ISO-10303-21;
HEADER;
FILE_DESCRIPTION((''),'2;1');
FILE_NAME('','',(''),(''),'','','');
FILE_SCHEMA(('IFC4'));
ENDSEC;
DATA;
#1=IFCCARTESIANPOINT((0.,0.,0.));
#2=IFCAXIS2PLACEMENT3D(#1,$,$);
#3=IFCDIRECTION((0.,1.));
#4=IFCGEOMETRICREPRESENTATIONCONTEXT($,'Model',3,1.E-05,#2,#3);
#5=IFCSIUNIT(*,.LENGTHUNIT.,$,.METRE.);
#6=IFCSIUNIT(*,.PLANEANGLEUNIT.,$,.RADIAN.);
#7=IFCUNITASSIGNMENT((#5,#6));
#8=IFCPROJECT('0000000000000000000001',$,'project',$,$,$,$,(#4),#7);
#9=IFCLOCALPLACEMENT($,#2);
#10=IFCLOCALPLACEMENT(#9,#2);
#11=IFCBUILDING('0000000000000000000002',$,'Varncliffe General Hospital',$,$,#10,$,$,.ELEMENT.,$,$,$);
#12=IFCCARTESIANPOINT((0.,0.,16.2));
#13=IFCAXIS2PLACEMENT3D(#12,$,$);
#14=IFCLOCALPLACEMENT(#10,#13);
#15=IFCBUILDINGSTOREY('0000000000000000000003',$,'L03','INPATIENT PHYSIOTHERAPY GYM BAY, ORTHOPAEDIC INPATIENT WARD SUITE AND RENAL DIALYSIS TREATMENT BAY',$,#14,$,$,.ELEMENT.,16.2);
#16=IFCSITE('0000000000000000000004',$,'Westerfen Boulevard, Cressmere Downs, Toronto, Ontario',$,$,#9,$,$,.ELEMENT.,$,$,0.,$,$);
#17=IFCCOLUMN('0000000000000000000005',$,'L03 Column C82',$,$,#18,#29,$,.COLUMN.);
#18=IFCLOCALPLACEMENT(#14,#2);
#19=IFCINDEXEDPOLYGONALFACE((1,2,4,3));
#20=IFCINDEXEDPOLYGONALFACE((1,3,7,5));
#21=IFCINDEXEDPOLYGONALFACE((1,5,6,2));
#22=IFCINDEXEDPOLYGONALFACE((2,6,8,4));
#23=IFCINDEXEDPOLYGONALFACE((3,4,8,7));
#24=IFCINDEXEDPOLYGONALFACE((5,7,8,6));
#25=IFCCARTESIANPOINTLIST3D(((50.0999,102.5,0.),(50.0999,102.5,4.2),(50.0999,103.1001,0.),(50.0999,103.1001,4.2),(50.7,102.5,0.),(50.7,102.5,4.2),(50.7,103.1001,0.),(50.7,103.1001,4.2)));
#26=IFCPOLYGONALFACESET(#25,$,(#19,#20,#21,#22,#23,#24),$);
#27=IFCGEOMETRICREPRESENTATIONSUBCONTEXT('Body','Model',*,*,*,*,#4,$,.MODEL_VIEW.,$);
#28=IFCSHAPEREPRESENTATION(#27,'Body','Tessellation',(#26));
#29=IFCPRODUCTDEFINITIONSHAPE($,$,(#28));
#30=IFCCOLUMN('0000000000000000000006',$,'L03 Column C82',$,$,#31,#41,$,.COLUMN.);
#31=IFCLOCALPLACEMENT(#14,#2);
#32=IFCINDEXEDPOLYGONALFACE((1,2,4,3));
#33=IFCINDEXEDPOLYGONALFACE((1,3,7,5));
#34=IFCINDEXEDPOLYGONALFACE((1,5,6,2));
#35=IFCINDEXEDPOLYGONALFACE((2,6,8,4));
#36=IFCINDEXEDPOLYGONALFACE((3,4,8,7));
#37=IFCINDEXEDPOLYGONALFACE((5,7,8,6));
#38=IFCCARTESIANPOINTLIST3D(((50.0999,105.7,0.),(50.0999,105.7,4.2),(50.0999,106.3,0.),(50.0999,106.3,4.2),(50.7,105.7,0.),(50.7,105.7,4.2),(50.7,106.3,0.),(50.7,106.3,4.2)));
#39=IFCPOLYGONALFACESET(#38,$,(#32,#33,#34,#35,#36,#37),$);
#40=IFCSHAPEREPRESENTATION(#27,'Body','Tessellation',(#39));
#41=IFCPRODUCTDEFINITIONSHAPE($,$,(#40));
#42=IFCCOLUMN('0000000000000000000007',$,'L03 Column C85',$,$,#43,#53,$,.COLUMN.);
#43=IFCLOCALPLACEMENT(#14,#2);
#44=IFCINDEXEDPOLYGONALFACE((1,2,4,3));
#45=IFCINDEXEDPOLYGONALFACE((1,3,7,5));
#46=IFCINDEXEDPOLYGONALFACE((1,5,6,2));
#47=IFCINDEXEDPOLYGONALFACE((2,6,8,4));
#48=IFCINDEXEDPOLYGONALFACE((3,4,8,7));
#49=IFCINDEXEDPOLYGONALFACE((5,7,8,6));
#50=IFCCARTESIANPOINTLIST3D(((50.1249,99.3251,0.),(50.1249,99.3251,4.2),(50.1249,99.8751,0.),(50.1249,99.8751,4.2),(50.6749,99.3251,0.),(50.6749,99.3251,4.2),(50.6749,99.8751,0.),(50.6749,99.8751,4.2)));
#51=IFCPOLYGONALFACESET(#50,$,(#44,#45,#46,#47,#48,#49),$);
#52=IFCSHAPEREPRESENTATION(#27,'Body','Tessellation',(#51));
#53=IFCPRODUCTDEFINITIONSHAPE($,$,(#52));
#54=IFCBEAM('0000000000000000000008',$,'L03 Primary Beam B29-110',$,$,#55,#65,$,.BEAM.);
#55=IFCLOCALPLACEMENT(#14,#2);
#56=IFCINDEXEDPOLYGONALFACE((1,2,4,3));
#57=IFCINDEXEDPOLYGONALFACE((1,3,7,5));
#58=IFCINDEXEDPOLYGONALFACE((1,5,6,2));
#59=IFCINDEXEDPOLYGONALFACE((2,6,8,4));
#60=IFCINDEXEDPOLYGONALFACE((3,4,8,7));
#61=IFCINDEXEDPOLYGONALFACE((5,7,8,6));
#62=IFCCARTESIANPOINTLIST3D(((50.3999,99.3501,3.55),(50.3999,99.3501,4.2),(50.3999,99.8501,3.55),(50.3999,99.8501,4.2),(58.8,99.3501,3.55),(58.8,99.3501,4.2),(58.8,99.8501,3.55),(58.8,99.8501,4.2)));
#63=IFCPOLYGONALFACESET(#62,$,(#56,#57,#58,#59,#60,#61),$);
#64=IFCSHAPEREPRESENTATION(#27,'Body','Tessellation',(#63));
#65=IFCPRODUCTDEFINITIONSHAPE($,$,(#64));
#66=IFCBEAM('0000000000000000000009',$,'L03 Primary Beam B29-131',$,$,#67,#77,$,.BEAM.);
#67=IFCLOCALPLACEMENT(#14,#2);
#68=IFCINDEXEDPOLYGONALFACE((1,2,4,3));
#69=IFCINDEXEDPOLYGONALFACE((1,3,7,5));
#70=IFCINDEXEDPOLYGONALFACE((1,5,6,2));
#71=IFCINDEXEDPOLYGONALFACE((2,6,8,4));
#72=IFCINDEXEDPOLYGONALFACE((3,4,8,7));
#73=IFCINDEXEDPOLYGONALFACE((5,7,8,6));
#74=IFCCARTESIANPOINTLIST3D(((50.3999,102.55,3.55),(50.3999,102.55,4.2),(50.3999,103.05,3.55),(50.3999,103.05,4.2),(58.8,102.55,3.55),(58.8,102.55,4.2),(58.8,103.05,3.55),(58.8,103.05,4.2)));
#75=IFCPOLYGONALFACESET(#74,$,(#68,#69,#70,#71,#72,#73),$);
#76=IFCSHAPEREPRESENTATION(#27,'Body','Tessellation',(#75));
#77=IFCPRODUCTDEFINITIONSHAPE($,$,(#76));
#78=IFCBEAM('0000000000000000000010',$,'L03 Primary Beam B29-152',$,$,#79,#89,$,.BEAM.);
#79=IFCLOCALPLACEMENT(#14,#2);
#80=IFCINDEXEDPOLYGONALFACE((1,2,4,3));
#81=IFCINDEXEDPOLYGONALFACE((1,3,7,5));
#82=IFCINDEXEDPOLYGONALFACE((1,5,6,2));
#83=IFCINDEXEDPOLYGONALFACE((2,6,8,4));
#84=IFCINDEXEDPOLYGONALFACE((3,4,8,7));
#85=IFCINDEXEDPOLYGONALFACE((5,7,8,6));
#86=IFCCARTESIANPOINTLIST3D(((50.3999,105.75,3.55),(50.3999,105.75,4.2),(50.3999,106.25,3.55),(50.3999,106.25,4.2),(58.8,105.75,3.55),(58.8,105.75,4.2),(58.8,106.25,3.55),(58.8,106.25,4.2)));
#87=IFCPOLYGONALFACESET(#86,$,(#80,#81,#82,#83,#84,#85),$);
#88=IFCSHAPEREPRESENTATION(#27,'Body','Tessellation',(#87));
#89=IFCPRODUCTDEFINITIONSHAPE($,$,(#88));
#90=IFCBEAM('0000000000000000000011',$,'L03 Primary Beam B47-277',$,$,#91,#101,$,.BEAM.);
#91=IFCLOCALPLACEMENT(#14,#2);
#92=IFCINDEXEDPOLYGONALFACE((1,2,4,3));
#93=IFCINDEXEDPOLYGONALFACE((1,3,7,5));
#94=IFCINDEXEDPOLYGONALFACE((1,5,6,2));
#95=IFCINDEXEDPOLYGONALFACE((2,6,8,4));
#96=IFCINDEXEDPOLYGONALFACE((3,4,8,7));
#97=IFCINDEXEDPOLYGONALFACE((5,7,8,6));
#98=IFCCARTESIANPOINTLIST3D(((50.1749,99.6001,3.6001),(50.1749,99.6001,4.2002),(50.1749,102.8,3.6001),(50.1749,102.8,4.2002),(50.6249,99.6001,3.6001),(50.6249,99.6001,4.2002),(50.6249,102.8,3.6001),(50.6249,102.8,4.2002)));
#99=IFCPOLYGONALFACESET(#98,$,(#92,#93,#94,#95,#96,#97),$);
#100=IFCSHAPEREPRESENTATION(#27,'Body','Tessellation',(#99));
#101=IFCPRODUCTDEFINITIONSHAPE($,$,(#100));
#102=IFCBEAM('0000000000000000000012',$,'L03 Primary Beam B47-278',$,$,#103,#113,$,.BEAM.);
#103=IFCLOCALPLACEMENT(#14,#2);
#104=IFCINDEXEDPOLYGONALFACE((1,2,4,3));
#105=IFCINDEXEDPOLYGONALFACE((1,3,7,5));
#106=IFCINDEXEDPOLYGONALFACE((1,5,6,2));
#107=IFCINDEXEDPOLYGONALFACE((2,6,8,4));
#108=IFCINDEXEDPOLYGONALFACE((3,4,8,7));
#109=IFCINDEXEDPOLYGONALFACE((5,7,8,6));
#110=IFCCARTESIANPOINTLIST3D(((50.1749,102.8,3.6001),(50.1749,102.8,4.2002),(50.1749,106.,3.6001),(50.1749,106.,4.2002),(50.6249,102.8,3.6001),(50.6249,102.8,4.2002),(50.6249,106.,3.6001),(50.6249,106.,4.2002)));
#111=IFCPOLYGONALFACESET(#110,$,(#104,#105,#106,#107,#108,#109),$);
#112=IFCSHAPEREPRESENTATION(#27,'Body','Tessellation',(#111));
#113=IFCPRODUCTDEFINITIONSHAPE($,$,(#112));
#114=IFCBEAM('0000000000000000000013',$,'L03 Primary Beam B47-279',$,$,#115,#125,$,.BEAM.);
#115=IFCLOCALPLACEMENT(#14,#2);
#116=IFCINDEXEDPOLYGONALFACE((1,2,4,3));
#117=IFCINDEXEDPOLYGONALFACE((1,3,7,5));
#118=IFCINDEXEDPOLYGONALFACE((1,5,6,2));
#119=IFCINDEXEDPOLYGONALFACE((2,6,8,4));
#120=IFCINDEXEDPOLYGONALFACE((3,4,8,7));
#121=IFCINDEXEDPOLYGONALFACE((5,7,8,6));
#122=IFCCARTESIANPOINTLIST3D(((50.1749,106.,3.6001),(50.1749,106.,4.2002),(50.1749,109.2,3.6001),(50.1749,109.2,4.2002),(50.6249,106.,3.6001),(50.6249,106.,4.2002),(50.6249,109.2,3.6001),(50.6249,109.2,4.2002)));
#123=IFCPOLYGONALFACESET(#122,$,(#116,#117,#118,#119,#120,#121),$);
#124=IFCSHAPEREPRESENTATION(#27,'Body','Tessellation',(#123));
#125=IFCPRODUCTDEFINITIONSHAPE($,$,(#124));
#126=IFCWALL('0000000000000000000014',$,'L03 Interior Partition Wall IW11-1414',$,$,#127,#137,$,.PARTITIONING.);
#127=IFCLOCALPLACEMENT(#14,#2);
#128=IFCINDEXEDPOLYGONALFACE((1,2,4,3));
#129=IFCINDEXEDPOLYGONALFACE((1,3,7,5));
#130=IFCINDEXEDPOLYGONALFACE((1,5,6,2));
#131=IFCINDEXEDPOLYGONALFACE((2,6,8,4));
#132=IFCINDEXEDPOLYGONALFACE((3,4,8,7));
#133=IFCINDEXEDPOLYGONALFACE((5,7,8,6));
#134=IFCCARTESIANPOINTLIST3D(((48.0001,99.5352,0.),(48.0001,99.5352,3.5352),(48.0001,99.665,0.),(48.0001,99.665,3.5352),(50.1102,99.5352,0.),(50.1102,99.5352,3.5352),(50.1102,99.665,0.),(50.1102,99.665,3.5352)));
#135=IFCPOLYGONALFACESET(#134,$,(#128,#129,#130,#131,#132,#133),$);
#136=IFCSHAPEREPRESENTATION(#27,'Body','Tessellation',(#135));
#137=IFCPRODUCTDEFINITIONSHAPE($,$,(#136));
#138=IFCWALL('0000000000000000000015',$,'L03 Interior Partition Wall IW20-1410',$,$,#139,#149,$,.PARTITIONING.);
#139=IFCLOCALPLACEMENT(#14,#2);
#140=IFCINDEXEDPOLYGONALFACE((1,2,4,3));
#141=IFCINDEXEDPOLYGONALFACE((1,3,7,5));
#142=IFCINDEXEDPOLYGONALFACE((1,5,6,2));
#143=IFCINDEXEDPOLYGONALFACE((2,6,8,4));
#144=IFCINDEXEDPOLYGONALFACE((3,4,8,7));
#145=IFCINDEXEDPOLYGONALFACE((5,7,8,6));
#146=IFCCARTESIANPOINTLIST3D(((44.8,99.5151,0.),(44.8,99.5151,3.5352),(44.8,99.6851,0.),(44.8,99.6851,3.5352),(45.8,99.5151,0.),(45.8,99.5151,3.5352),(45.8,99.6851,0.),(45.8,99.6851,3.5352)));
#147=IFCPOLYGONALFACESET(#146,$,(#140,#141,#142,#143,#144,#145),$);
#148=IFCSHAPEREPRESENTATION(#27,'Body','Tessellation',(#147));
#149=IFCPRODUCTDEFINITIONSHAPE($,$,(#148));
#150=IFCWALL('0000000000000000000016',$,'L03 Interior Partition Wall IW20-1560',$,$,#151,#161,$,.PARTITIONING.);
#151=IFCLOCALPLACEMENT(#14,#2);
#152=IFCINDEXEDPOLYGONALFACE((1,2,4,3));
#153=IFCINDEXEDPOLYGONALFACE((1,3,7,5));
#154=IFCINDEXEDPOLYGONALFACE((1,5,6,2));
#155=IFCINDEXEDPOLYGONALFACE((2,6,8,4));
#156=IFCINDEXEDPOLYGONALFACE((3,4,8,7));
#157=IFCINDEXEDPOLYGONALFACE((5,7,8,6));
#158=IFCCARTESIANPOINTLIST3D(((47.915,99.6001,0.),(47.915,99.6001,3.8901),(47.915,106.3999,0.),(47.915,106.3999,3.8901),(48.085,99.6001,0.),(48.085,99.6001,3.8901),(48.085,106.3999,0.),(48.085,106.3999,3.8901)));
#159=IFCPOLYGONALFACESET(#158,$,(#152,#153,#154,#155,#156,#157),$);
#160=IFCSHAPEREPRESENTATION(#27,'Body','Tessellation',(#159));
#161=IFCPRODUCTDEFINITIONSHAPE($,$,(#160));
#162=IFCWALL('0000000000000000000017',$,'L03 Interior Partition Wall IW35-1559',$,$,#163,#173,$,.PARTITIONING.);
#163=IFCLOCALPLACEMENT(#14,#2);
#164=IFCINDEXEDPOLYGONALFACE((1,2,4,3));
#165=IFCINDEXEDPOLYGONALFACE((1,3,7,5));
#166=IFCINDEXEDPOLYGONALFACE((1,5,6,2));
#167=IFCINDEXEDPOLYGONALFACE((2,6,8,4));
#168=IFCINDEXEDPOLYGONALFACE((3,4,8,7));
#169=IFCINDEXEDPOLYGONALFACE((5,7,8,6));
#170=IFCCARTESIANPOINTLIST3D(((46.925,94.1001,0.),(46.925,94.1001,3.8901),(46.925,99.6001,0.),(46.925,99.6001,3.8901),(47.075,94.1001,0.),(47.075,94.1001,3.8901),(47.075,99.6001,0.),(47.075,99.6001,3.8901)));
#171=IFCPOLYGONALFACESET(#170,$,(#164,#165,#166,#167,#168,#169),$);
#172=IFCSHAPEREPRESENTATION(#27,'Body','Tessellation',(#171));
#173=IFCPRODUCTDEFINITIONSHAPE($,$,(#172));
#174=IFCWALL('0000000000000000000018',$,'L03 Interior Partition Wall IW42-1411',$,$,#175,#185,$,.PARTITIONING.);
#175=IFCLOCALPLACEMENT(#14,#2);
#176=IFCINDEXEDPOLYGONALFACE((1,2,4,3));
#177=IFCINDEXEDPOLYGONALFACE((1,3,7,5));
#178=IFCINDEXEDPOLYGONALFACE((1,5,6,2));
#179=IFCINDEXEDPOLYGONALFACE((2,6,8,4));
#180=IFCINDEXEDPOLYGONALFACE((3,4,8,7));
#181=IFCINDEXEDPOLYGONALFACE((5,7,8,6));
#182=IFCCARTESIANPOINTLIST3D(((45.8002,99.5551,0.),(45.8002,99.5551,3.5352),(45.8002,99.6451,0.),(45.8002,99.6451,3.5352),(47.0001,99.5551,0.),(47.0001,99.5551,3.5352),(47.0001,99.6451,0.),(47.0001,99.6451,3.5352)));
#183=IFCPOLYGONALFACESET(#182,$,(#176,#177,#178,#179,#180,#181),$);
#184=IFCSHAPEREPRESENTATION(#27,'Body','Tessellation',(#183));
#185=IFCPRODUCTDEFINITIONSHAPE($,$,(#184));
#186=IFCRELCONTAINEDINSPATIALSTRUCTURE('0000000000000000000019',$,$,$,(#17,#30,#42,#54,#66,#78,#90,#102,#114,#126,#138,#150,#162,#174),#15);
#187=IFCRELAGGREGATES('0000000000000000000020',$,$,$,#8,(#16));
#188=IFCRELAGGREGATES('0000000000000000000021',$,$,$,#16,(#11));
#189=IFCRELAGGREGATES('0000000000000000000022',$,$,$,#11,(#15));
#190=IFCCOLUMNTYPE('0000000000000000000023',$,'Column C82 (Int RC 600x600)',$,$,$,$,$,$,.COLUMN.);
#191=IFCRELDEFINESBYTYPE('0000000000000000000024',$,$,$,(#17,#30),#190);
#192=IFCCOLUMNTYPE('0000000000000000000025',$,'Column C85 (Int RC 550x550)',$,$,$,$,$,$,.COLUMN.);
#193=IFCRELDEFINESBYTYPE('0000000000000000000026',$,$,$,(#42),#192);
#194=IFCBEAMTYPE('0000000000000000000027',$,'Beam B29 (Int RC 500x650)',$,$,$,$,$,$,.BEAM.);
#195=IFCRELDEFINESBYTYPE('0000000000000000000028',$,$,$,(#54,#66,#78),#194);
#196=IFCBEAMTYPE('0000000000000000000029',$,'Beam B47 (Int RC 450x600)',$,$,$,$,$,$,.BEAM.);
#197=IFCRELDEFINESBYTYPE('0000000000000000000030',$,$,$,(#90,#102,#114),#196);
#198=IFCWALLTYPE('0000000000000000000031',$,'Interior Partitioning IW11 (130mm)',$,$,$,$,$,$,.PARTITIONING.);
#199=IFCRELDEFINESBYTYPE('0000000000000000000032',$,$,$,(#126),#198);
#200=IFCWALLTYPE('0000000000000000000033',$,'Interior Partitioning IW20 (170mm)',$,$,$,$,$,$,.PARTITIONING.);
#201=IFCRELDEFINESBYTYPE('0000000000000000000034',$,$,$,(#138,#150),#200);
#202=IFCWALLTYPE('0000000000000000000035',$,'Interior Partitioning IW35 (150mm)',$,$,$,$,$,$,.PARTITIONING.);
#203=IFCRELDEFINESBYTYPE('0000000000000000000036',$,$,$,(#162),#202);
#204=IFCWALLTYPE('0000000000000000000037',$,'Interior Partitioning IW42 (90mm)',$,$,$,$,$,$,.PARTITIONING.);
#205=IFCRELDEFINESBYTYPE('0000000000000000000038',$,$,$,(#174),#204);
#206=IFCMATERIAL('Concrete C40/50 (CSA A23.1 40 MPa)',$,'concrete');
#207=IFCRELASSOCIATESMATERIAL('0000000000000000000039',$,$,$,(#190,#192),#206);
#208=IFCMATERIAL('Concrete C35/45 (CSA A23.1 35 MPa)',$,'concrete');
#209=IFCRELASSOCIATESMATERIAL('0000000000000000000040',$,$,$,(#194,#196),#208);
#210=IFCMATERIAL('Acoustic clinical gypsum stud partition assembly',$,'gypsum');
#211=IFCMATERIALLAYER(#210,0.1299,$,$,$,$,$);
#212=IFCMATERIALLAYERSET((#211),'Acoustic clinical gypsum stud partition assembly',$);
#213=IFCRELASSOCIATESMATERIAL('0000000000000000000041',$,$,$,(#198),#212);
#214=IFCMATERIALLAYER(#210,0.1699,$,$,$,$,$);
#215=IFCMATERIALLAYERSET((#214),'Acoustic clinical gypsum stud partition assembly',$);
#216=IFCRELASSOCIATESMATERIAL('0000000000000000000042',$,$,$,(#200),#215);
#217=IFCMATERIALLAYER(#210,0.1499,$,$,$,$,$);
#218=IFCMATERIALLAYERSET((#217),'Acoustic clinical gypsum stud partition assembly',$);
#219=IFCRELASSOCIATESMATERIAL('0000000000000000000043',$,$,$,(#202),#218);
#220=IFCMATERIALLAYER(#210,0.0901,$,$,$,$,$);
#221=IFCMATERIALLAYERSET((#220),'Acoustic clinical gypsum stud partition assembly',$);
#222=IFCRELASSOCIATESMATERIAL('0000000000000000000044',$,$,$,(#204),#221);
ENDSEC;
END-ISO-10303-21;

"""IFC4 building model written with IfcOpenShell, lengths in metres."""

from ifc_helpers import new_model, si_unit, direction, frame, frame_2d, origin, origin_2d, place, context, subcontext, project, spatial, rectangle, extrude, material, layer, layer_set, material_profile, profile_set, type_object, element, save


model = new_model("IFC4")

# Units and contexts
model_context = context("Model", 3, precision=1e-05, world=origin(), true_north=direction((0.0, 1.0)))
body_context = subcontext(model_context, "Body", "Model", "MODEL_VIEW")
ifc_project = project(units=[si_unit("LENGTHUNIT", "METRE"), si_unit("PLANEANGLEUNIT", "RADIAN")], contexts=[model_context])

# Site, building, storey
site_placement = place(None, origin())
site = spatial("IfcSite", under=ifc_project, at=site_placement, Name="Westerfen Boulevard, Cressmere Downs, Toronto, Ontario", CompositionType="ELEMENT", RefElevation=0.0)
building_placement = place(site_placement, origin())
building = spatial("IfcBuilding", under=site, at=building_placement, Name="Varncliffe General Hospital", CompositionType="ELEMENT")
storey_placement = place(building_placement, frame((0.0, 0.0, 16.2)))
storey = spatial("IfcBuildingStorey", under=building, at=storey_placement, Name="L03", Description="INPATIENT PHYSIOTHERAPY GYM BAY, ORTHOPAEDIC INPATIENT WARD SUITE AND RENAL DIALYSIS TREATMENT BAY", CompositionType="ELEMENT", Elevation=16.2)

# Columns
ifc_material_1 = material(Name="Concrete C40/50 (CSA A23.1 40 MPa)", Category="concrete")
ifc_material_profile_1 = material_profile(ifc_material_1, rectangle(XDim=0.6001, YDim=0.6001, at=origin_2d()), Name="RC 600x600")
ifc_profile_set_1 = profile_set([ifc_material_profile_1], Name="Concrete C40/50 (CSA A23.1 40 MPa)")
column_type_1 = type_object("IfcColumnType", Name="Column C82 (Int RC 600x600)", PredefinedType="COLUMN", material=ifc_profile_set_1)
for number, where, z_axis, x_axis, name in (
    (1, (50.3999, 102.8, 0.0), (0.0, 0.0, 1.0), (1.0, 0.0, 0.0), "L03 Column C82"),
    (2, (50.3999, 106.0, 0.0), (0.0, 0.0, 1.0), (1.0, 0.0, 0.0), "L03 Column C82"),
):
    element("IfcColumn", number, at=place(storey_placement, frame(where, z_axis=z_axis, x_axis=x_axis)), inside=storey, type_object=column_type_1, Name=name, PredefinedType="COLUMN", context=body_context, shape_type="SweptSolid", body=[
        extrude(rectangle(XDim=0.6001, YDim=0.6001, at=origin_2d()), origin(), (0.0, 0.0, 1.0), 4.2),
    ])
ifc_material_profile_2 = material_profile(ifc_material_1, rectangle(XDim=0.55, YDim=0.55, at=origin_2d()), Name="RC 550x550")
ifc_profile_set_2 = profile_set([ifc_material_profile_2], Name="Concrete C40/50 (CSA A23.1 40 MPa)")
column_type_2 = type_object("IfcColumnType", Name="Column C85 (Int RC 550x550)", PredefinedType="COLUMN", material=ifc_profile_set_2)
column_placement = place(storey_placement, frame((50.3999, 99.6001, 0.0), z_axis=(0.0, 0.0, 1.0), x_axis=(1.0, 0.0, 0.0)))
element("IfcColumn", 3, at=column_placement, inside=storey, type_object=column_type_2, Name="L03 Column C85", PredefinedType="COLUMN", context=body_context, shape_type="SweptSolid", body=[
    extrude(rectangle(XDim=0.55, YDim=0.55, at=origin_2d()), origin(), (0.0, 0.0, 1.0), 4.2),
])

# Beams
ifc_material_2 = material(Name="Concrete C35/45 (CSA A23.1 35 MPa)", Category="concrete")
ifc_material_profile_3 = material_profile(ifc_material_2, rectangle(XDim=0.5, YDim=0.6499, at=origin_2d()), Name="RC 500x650")
ifc_profile_set_3 = profile_set([ifc_material_profile_3], Name="Concrete C35/45 (CSA A23.1 35 MPa)")
beam_type_1 = type_object("IfcBeamType", Name="Beam B29 (Int RC 500x650)", PredefinedType="BEAM", material=ifc_profile_set_3)
for number, where, z_axis, x_axis, name in (
    (4, (50.3999, 99.6001, 3.875), (1.0, 0.0, 0.0), (0.0, 1.0, 0.0), "L03 Primary Beam B29-110"),
    (5, (50.3999, 102.8, 3.875), (1.0, 0.0, 0.0), (0.0, 1.0, 0.0), "L03 Primary Beam B29-131"),
    (6, (50.3999, 106.0, 3.875), (1.0, 0.0, 0.0), (0.0, 1.0, 0.0), "L03 Primary Beam B29-152"),
):
    element("IfcBeam", number, at=place(storey_placement, frame(where, z_axis=z_axis, x_axis=x_axis)), inside=storey, type_object=beam_type_1, Name=name, PredefinedType="BEAM", context=body_context, shape_type="SweptSolid", body=[
        extrude(rectangle(XDim=0.5, YDim=0.6499, at=origin_2d()), origin(), (0.0, 0.0, 1.0), 8.4001),
    ])
ifc_material_profile_4 = material_profile(ifc_material_2, rectangle(XDim=0.45, YDim=0.6001, at=origin_2d()), Name="RC 450x600")
ifc_profile_set_4 = profile_set([ifc_material_profile_4], Name="Concrete C35/45 (CSA A23.1 35 MPa)")
beam_type_2 = type_object("IfcBeamType", Name="Beam B47 (Int RC 450x600)", PredefinedType="BEAM", material=ifc_profile_set_4)
for number, where, z_axis, x_axis, name in (
    (7, (50.3999, 99.6001, 3.9001), (0.0, 1.0, 0.0), (-1.0, 0.0, 0.0), "L03 Primary Beam B47-277"),
    (8, (50.3999, 102.8, 3.9001), (0.0, 1.0, 0.0), (-1.0, 0.0, 0.0), "L03 Primary Beam B47-278"),
    (9, (50.3999, 106.0, 3.9001), (0.0, 1.0, 0.0), (-1.0, 0.0, 0.0), "L03 Primary Beam B47-279"),
):
    element("IfcBeam", number, at=place(storey_placement, frame(where, z_axis=z_axis, x_axis=x_axis)), inside=storey, type_object=beam_type_2, Name=name, PredefinedType="BEAM", context=body_context, shape_type="SweptSolid", body=[
        extrude(rectangle(XDim=0.45, YDim=0.6001, at=origin_2d()), origin(), (0.0, 0.0, 1.0), 3.2),
    ])

# Walls
ifc_material_3 = material(Name="Acoustic clinical gypsum stud partition assembly", Category="gypsum")
ifc_layer_1 = layer(ifc_material_3, 0.1299)
ifc_layer_set_1 = layer_set([ifc_layer_1], Name="Acoustic clinical gypsum stud partition assembly")
wall_type_1 = type_object("IfcWallType", Name="Interior Partitioning IW11 (130mm)", PredefinedType="PARTITIONING", material=ifc_layer_set_1)
wall_1_placement = place(storey_placement, frame((48.0, 99.6001, 0.0), z_axis=(0.0, 0.0, 1.0), x_axis=(1.0, 0.0, 0.0)))
element("IfcWall", 10, at=wall_1_placement, inside=storey, type_object=wall_type_1, Name="L03 Interior Partition Wall IW11-1414", PredefinedType="PARTITIONING", context=body_context, shape_type="SweptSolid", body=[
    extrude(rectangle(XDim=2.1101, YDim=0.1299, at=frame_2d((1.0552, 0.0))), origin(), (0.0, 0.0, 1.0), 3.5352),
])
ifc_layer_2 = layer(ifc_material_3, 0.1699)
ifc_layer_set_2 = layer_set([ifc_layer_2], Name="Acoustic clinical gypsum stud partition assembly")
wall_type_2 = type_object("IfcWallType", Name="Interior Partitioning IW20 (170mm)", PredefinedType="PARTITIONING", material=ifc_layer_set_2)
wall_2_placement = place(storey_placement, frame((44.8, 99.6001, 0.0), z_axis=(0.0, 0.0, 1.0), x_axis=(1.0, 0.0, 0.0)))
element("IfcWall", 11, at=wall_2_placement, inside=storey, type_object=wall_type_2, Name="L03 Interior Partition Wall IW20-1410", PredefinedType="PARTITIONING", context=body_context, shape_type="SweptSolid", body=[
    extrude(rectangle(XDim=1.0, YDim=0.1699, at=frame_2d((0.5, 0.0))), origin(), (0.0, 0.0, 1.0), 3.5352),
])
wall_3_placement = place(storey_placement, frame((48.0, 99.6001, 0.0), z_axis=(0.0, 0.0, 1.0), x_axis=(0.0, 1.0, 0.0)))
element("IfcWall", 12, at=wall_3_placement, inside=storey, type_object=wall_type_2, Name="L03 Interior Partition Wall IW20-1560", PredefinedType="PARTITIONING", context=body_context, shape_type="SweptSolid", body=[
    extrude(rectangle(XDim=6.7998, YDim=0.1699, at=frame_2d((3.3999, 0.0))), origin(), (0.0, 0.0, 1.0), 3.8901),
])
ifc_layer_3 = layer(ifc_material_3, 0.1499)
ifc_layer_set_3 = layer_set([ifc_layer_3], Name="Acoustic clinical gypsum stud partition assembly")
wall_type_3 = type_object("IfcWallType", Name="Interior Partitioning IW35 (150mm)", PredefinedType="PARTITIONING", material=ifc_layer_set_3)
wall_4_placement = place(storey_placement, frame((47.0, 94.1001, 0.0), z_axis=(0.0, 0.0, 1.0), x_axis=(0.0, 1.0, 0.0)))
element("IfcWall", 13, at=wall_4_placement, inside=storey, type_object=wall_type_3, Name="L03 Interior Partition Wall IW35-1559", PredefinedType="PARTITIONING", context=body_context, shape_type="SweptSolid", body=[
    extrude(rectangle(XDim=5.5, YDim=0.1499, at=frame_2d((2.75, 0.0))), origin(), (0.0, 0.0, 1.0), 3.8901),
])
ifc_layer_4 = layer(ifc_material_3, 0.0901)
ifc_layer_set_4 = layer_set([ifc_layer_4], Name="Acoustic clinical gypsum stud partition assembly")
wall_type_4 = type_object("IfcWallType", Name="Interior Partitioning IW42 (90mm)", PredefinedType="PARTITIONING", material=ifc_layer_set_4)
wall_5_placement = place(storey_placement, frame((45.8, 99.6001, 0.0), z_axis=(0.0, 0.0, 1.0), x_axis=(1.0, 0.0, 0.0)))
element("IfcWall", 14, at=wall_5_placement, inside=storey, type_object=wall_type_4, Name="L03 Interior Partition Wall IW42-1411", PredefinedType="PARTITIONING", context=body_context, shape_type="SweptSolid", body=[
    extrude(rectangle(XDim=1.2, YDim=0.0901, at=frame_2d((0.6001, 0.0))), origin(), (0.0, 0.0, 1.0), 3.5352),
])

save(model, "model.ifc")
